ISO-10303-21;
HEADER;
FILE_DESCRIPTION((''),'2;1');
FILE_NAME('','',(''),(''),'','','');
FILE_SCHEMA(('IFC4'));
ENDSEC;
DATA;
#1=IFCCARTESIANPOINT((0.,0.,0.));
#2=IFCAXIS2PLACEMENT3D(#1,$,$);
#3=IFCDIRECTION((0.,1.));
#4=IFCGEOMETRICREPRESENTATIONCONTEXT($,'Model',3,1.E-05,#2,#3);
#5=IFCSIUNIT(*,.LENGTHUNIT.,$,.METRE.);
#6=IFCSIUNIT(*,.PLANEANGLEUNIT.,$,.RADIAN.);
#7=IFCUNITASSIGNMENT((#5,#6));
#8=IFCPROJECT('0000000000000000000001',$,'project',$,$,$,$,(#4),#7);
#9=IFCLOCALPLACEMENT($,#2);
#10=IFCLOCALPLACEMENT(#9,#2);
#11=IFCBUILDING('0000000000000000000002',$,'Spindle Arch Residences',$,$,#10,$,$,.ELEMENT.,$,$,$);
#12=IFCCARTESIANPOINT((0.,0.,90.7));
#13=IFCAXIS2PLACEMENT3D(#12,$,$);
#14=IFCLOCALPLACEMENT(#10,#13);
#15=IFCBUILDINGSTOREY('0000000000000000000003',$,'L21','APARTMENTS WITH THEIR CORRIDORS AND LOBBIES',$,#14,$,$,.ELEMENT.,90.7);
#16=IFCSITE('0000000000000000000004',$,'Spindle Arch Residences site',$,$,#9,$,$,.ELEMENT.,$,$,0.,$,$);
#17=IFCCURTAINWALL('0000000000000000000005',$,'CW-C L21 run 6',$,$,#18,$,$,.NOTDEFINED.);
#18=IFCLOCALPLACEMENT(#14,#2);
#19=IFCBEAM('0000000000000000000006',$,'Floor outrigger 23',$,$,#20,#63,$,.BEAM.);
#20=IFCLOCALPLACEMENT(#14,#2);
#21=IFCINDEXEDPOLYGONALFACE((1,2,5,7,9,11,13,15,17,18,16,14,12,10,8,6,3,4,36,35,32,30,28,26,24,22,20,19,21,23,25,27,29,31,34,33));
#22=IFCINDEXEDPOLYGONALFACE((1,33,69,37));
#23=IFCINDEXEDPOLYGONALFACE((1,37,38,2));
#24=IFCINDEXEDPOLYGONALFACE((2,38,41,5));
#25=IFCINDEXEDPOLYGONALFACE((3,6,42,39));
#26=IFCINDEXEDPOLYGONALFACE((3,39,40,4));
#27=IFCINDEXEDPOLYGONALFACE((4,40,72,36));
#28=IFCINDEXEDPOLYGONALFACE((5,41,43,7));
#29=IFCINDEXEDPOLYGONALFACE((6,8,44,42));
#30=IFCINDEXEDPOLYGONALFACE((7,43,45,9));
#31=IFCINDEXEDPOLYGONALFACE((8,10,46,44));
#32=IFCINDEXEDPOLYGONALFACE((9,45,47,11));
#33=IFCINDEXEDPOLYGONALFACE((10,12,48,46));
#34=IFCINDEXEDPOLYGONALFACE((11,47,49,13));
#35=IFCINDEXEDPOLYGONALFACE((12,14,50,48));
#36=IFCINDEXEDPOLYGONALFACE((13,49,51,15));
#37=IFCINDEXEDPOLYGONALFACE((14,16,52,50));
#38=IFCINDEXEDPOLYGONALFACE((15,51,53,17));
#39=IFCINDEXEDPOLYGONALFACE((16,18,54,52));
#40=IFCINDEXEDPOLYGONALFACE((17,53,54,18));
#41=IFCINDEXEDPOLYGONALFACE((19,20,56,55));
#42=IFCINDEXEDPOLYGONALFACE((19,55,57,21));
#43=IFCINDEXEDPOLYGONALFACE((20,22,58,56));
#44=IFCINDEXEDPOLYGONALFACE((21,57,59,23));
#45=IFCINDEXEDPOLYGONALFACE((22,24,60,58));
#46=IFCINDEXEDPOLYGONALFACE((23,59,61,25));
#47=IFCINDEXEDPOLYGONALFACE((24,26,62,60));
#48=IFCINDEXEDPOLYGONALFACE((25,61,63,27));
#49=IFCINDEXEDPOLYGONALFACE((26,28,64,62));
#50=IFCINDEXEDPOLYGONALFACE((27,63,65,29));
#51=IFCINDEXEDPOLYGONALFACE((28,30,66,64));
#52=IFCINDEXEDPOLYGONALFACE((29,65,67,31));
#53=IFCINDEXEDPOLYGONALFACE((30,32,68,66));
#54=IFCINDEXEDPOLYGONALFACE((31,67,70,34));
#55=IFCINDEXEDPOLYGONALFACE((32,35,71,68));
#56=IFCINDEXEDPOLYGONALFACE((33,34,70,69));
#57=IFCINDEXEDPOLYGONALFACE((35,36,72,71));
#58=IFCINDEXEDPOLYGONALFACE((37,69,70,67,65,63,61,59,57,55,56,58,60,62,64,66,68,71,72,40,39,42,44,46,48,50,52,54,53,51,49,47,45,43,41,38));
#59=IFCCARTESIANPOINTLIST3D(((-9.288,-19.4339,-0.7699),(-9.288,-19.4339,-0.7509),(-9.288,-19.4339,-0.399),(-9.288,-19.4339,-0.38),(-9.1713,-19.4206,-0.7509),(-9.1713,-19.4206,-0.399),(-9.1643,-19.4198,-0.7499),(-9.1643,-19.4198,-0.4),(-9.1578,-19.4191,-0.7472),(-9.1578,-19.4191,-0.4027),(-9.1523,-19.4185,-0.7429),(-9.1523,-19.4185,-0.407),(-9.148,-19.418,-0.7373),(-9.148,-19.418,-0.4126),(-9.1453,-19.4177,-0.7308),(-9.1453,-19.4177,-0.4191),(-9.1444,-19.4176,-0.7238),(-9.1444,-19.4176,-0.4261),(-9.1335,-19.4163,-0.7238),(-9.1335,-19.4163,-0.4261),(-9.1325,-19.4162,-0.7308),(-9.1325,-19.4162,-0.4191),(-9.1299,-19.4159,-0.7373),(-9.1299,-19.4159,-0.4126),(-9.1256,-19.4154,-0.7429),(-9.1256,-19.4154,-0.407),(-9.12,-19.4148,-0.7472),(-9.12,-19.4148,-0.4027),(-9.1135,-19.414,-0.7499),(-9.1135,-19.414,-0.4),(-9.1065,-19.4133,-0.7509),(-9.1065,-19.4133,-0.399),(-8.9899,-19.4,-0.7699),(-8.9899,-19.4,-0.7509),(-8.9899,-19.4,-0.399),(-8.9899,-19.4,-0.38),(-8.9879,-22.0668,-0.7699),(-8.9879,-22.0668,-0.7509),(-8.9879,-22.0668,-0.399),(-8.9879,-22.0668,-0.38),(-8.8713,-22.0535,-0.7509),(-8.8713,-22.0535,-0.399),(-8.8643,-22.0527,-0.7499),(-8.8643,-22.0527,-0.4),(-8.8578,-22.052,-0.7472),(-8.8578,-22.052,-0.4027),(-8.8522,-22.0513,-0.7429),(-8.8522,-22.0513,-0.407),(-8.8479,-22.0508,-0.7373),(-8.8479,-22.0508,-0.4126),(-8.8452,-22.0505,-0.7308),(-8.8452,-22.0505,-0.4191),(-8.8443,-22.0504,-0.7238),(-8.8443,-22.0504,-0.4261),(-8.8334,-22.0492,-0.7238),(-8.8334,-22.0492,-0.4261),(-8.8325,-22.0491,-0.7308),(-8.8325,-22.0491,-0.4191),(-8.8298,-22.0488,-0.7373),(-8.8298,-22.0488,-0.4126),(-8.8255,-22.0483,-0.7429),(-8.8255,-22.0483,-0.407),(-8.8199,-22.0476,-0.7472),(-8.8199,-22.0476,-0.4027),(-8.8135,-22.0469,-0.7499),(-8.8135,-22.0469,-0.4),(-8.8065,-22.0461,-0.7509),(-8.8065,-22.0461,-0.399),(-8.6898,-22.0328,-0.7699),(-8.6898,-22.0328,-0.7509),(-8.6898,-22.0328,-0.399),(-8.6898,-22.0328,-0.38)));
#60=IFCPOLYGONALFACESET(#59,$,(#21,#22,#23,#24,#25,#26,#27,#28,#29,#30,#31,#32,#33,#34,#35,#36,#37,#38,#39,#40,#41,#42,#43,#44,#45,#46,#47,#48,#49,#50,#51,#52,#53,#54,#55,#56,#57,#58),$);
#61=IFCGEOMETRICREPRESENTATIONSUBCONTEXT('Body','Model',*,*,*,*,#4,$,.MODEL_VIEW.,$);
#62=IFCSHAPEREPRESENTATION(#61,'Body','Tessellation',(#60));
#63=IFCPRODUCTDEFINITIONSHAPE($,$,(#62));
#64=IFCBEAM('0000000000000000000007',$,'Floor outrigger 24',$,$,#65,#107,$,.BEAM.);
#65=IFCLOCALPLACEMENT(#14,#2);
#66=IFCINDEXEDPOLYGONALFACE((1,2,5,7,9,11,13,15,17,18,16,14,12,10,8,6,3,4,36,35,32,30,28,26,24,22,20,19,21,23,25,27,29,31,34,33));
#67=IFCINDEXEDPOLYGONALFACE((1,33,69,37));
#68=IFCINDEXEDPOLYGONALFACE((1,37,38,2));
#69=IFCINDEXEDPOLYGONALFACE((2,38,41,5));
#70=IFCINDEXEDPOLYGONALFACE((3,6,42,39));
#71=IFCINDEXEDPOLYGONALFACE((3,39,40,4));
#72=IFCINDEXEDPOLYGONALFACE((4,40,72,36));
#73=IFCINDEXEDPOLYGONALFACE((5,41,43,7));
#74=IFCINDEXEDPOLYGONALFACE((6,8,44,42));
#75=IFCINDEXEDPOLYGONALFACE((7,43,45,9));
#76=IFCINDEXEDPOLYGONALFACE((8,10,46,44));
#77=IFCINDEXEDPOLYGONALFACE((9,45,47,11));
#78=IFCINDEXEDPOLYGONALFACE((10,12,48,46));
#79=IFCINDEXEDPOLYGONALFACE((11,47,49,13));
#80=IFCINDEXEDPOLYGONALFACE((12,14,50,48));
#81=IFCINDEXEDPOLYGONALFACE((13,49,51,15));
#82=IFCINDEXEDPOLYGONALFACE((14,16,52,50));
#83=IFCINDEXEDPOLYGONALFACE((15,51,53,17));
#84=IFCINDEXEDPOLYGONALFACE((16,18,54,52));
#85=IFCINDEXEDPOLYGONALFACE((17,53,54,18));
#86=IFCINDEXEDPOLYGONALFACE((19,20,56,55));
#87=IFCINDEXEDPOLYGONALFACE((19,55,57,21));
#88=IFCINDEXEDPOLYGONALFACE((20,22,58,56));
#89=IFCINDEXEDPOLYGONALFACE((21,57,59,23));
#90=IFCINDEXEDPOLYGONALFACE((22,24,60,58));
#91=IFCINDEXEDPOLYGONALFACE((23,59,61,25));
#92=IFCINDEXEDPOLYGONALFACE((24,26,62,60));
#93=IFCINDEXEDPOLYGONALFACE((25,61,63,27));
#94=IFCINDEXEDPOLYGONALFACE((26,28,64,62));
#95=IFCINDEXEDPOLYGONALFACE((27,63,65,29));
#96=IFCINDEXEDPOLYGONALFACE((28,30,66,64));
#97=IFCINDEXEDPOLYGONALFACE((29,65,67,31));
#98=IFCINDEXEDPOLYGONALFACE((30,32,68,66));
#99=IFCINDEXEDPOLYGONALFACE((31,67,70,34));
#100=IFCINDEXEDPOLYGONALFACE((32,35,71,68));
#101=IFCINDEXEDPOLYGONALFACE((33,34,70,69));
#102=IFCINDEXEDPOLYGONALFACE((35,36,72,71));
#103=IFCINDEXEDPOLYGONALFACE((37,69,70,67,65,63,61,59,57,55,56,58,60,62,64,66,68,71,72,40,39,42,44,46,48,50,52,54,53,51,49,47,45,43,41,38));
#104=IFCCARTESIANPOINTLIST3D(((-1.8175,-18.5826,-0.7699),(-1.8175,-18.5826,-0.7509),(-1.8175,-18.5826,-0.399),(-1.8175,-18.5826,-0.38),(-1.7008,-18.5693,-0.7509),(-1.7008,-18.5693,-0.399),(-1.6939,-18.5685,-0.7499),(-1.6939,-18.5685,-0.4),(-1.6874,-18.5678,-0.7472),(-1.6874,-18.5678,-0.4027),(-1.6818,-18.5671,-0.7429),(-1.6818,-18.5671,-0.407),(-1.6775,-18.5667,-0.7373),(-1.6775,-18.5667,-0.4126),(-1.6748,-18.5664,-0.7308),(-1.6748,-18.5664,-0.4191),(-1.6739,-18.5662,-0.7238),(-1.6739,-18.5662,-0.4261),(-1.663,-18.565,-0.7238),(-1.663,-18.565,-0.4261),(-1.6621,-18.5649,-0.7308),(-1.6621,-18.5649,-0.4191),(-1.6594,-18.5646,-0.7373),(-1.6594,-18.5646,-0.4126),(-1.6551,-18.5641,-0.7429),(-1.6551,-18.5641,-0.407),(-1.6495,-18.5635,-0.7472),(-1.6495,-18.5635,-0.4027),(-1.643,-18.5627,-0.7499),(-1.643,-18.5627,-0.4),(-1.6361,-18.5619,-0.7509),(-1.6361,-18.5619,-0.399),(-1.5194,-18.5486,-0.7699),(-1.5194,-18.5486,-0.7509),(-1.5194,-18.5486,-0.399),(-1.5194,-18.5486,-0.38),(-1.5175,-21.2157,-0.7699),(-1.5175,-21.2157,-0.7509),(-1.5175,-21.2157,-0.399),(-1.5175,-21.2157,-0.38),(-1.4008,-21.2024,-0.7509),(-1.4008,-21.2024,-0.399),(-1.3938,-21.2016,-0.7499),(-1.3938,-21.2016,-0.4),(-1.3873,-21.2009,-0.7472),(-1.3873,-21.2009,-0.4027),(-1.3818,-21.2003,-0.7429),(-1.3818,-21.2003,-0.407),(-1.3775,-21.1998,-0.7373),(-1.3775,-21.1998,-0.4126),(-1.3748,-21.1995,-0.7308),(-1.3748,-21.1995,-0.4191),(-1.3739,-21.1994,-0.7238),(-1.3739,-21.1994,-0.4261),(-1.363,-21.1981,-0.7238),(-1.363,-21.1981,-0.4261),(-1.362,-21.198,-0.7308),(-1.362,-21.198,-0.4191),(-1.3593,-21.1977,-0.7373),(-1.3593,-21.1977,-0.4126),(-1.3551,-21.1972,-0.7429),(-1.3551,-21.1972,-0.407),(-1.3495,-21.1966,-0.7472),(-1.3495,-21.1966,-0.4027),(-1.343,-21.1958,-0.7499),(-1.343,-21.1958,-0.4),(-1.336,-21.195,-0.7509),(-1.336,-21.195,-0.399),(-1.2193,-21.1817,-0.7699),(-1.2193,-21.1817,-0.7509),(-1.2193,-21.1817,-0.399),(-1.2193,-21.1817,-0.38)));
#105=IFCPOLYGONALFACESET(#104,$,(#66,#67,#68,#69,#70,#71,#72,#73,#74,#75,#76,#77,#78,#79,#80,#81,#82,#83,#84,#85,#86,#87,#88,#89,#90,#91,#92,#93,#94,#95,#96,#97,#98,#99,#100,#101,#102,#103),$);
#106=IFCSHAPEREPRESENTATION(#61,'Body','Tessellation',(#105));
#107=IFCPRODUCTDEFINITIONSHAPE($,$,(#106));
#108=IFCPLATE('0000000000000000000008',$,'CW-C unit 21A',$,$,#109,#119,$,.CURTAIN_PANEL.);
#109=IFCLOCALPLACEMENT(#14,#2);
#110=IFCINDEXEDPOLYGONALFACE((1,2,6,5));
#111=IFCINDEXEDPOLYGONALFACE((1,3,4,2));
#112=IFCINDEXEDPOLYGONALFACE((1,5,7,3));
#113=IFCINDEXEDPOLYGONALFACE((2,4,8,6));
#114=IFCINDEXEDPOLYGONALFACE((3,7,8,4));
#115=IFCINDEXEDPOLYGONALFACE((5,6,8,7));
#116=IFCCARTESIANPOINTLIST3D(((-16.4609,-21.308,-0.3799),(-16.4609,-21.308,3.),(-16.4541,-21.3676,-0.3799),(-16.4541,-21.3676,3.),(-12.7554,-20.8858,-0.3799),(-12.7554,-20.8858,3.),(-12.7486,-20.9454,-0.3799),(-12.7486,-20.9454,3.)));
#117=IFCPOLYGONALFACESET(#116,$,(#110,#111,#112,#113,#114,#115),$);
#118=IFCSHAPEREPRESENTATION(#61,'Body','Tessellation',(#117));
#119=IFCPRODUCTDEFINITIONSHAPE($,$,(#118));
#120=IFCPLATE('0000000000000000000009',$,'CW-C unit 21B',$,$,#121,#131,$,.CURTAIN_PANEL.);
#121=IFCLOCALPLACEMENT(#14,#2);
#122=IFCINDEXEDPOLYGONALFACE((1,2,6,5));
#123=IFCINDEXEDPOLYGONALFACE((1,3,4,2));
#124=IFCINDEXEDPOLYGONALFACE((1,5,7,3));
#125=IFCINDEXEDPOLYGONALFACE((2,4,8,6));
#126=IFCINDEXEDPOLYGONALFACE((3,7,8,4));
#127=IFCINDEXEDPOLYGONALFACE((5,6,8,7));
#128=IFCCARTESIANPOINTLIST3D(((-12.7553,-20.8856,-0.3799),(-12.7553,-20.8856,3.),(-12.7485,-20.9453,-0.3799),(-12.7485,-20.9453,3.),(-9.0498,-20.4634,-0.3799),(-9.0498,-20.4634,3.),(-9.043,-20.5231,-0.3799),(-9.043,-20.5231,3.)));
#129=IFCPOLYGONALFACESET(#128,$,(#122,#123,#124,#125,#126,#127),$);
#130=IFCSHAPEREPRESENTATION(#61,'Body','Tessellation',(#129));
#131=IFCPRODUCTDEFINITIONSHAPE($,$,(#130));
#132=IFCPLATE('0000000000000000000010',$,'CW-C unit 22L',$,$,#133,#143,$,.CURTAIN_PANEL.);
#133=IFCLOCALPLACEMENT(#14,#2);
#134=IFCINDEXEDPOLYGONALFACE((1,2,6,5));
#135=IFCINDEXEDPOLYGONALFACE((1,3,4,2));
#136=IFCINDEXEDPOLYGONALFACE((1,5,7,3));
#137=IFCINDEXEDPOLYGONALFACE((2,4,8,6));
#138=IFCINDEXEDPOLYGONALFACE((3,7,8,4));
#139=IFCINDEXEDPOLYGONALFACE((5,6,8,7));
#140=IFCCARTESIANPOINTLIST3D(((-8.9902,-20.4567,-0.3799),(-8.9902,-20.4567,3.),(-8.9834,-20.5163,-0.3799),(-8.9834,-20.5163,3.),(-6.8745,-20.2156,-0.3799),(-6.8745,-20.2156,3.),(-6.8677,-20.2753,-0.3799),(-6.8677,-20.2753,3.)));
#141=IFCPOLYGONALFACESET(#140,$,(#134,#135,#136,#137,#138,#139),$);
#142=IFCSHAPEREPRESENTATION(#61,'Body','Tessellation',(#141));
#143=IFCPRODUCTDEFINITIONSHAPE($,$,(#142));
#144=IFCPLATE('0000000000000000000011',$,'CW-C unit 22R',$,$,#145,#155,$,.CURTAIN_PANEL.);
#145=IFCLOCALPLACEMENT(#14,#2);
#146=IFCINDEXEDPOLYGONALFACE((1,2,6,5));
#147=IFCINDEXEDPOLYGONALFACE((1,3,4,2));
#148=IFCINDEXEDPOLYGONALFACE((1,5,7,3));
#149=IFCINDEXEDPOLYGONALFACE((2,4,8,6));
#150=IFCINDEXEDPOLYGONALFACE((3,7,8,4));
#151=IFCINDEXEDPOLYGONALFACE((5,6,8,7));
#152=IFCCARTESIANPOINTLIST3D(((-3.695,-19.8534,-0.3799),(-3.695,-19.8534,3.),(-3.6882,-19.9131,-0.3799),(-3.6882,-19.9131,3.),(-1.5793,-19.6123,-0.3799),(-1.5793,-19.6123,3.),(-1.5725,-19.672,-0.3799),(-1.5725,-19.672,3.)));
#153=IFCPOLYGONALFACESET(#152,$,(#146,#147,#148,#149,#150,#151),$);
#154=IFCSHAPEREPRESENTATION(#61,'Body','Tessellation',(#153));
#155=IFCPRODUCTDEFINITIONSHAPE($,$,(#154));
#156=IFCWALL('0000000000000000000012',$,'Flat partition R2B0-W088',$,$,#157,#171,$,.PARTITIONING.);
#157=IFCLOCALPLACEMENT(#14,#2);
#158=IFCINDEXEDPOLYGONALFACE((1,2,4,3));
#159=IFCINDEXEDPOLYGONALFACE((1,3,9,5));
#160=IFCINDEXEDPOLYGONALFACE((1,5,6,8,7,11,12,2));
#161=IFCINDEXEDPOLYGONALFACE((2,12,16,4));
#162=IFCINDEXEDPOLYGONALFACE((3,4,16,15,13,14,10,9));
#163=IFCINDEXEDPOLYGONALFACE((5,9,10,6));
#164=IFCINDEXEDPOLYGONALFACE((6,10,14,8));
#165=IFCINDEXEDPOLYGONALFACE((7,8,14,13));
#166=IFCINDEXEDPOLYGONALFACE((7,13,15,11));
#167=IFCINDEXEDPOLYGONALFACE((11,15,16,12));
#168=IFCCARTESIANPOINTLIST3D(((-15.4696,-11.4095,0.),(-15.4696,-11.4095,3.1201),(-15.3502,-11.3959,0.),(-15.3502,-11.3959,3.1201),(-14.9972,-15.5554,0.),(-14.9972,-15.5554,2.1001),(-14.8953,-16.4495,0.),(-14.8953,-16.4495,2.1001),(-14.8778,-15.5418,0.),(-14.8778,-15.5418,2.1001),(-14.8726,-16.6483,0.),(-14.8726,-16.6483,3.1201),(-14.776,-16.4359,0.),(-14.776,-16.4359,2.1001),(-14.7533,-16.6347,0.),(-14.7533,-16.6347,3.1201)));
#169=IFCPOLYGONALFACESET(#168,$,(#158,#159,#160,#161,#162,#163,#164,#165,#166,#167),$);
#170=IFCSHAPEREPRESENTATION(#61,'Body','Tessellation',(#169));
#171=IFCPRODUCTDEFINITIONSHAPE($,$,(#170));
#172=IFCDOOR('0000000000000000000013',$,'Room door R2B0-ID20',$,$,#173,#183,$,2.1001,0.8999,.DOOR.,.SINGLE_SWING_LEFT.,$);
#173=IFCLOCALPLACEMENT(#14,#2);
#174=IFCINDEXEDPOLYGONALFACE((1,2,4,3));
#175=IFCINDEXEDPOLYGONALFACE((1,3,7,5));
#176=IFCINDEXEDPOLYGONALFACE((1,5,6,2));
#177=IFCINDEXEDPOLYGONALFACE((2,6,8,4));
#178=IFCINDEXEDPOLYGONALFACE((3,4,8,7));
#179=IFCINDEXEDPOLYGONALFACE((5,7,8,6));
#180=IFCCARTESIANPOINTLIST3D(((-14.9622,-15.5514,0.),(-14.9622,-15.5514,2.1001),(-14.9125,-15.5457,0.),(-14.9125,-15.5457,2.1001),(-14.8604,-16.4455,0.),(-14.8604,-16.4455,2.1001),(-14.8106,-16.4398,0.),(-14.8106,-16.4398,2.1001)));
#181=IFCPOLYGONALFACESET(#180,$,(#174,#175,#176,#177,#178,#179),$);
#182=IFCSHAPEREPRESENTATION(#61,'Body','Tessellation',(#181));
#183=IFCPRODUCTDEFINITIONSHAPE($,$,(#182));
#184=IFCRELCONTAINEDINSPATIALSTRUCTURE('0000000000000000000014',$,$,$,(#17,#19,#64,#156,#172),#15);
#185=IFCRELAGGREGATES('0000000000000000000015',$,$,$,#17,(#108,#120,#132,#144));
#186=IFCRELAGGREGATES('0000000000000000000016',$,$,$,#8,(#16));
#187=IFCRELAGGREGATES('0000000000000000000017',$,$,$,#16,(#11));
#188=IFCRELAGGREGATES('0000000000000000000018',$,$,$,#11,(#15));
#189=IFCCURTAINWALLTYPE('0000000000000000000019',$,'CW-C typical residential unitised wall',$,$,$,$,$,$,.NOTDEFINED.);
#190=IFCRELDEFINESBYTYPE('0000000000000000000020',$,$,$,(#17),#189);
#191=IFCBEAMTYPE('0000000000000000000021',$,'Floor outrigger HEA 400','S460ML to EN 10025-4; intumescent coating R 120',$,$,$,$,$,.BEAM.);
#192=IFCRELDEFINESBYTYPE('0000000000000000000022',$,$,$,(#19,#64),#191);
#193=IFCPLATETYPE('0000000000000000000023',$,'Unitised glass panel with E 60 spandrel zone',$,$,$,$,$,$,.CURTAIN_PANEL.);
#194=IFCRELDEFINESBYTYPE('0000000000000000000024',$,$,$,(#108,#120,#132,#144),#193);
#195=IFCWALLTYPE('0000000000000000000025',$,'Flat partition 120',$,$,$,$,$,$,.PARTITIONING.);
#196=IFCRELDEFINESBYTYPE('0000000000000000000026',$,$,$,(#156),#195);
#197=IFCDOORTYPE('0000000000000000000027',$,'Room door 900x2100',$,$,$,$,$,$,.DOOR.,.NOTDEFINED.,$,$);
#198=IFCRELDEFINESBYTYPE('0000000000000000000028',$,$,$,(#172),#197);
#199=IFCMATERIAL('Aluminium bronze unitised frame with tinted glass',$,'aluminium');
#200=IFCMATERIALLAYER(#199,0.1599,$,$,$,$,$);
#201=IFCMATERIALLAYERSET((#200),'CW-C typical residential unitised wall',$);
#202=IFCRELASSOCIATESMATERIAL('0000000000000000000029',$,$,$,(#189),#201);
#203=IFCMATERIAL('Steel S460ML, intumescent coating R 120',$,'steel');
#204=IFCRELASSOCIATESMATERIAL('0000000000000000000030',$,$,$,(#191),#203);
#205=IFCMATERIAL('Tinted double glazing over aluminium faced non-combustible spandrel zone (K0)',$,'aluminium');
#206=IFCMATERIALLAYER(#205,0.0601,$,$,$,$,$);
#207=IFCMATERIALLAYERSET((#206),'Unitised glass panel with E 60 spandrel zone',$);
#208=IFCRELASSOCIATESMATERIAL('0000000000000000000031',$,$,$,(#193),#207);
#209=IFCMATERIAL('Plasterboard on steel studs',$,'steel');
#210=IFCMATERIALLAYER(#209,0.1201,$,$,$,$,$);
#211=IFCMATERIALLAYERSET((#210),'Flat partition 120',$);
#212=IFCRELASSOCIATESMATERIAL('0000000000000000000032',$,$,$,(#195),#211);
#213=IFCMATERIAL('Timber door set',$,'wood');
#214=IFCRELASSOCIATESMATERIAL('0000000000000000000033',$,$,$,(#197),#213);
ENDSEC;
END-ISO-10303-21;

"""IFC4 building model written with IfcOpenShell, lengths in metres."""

from ifc_helpers import new_model, si_unit, direction, frame, frame_2d, origin, origin_2d, place, context, subcontext, project, spatial, rectangle, i_section, extrude, material, layer, layer_set, material_profile, profile_set, type_object, element, fill, aggregate, save


model = new_model("IFC4")

# Units and contexts
model_context = context("Model", 3, precision=1e-05, world=origin(), true_north=direction((0.0, 1.0)))
body_context = subcontext(model_context, "Body", "Model", "MODEL_VIEW")
ifc_project = project(units=[si_unit("LENGTHUNIT", "METRE"), si_unit("PLANEANGLEUNIT", "RADIAN")], contexts=[model_context])

# Site, building, storey
site_placement = place(None, origin())
site = spatial("IfcSite", under=ifc_project, at=site_placement, Name="Spindle Arch Residences site", CompositionType="ELEMENT", RefElevation=0.0)
building_placement = place(site_placement, origin())
building = spatial("IfcBuilding", under=site, at=building_placement, Name="Spindle Arch Residences", CompositionType="ELEMENT")
storey_placement = place(building_placement, frame((0.0, 0.0, 90.7)))
storey = spatial("IfcBuildingStorey", under=building, at=storey_placement, Name="L21", Description="APARTMENTS WITH THEIR CORRIDORS AND LOBBIES", CompositionType="ELEMENT", Elevation=90.7)

# Curtain wall
ifc_material_1 = material(Name="Aluminium bronze unitised frame with tinted glass", Category="aluminium")
ifc_layer_1 = layer(ifc_material_1, 0.1599)
ifc_layer_set_1 = layer_set([ifc_layer_1], Name="CW-C typical residential unitised wall")
curtain_wall_type = type_object("IfcCurtainWallType", Name="CW-C typical residential unitised wall", PredefinedType="NOTDEFINED", material=ifc_layer_set_1)
curtain_wall_placement = place(storey_placement, origin())
curtain_wall = element("IfcCurtainWall", 1, at=curtain_wall_placement, inside=storey, type_object=curtain_wall_type, Name="CW-C L21 run 6", PredefinedType="NOTDEFINED")

# Beams
ifc_material_2 = material(Name="Steel S460ML, intumescent coating R 120", Category="steel")
ifc_material_profile_1 = material_profile(ifc_material_2, i_section(OverallWidth=0.3, OverallDepth=0.3899, WebThickness=0.011, FlangeThickness=0.019, FilletRadius=0.0271, at=origin_2d()), Name="HEA 400")
ifc_profile_set_1 = profile_set([ifc_material_profile_1], Name="Steel S460ML, intumescent coating R 120")
beam_type_1 = type_object("IfcBeamType", Name="Floor outrigger HEA 400", Description="S460ML to EN 10025-4; intumescent coating R 120", PredefinedType="BEAM", material=ifc_profile_set_1)
beam_1_placement = place(storey_placement, frame((-8.8389, -22.0498, -0.575), z_axis=(-0.113232, 0.993569, 0.0), x_axis=(-0.993569, -0.113232, 0.0)))
element("IfcBeam", 2, at=beam_1_placement, inside=storey, type_object=beam_type_1, Name="Floor outrigger 23", PredefinedType="BEAM", context=body_context, shape_type="SweptSolid", body=[
    extrude(i_section(OverallWidth=0.3, OverallDepth=0.3899, WebThickness=0.011, FlangeThickness=0.019, FilletRadius=0.0271, at=origin_2d()), origin(), (0.0, 0.0, 1.0), 2.6499),
])
beam_2_placement = place(storey_placement, frame((-1.3684, -21.1987, -0.575), z_axis=(-0.113222, 0.99357, 0.0), x_axis=(-0.99357, -0.113222, 0.0)))
element("IfcBeam", 3, at=beam_2_placement, inside=storey, type_object=beam_type_1, Name="Floor outrigger 24", PredefinedType="BEAM", context=body_context, shape_type="SweptSolid", body=[
    extrude(i_section(OverallWidth=0.3, OverallDepth=0.3899, WebThickness=0.011, FlangeThickness=0.019, FilletRadius=0.0271, at=origin_2d()), origin(), (0.0, 0.0, 1.0), 2.6501),
])

# Plates
ifc_material_3 = material(Name="Tinted double glazing over aluminium faced non-combustible spandrel zone (K0)", Category="aluminium")
ifc_layer_2 = layer(ifc_material_3, 0.0601)
ifc_layer_set_2 = layer_set([ifc_layer_2], Name="Unitised glass panel with E 60 spandrel zone")
plate_type = type_object("IfcPlateType", Name="Unitised glass panel with E 60 spandrel zone", PredefinedType="CURTAIN_PANEL", material=ifc_layer_set_2)
plate_1_placement = place(storey_placement, frame((-14.6047, -21.1267, -0.3799), z_axis=(0.0, 0.0, 1.0), x_axis=(0.993572, 0.113203, 0.0)))
plate_1 = element("IfcPlate", 4, at=plate_1_placement, type_object=plate_type, Name="CW-C unit 21A", PredefinedType="CURTAIN_PANEL", context=body_context, shape_type="SweptSolid", body=[
    extrude(rectangle(XDim=3.7295, YDim=0.0601, at=origin_2d()), origin(), (0.0, 0.0, 1.0), 3.3799),
])
plate_2_placement = place(storey_placement, frame((-10.8992, -20.7043, -0.3799), z_axis=(0.0, 0.0, 1.0), x_axis=(0.993572, 0.113203, 0.0)))
plate_2 = element("IfcPlate", 5, at=plate_2_placement, type_object=plate_type, Name="CW-C unit 21B", PredefinedType="CURTAIN_PANEL", context=body_context, shape_type="SweptSolid", body=[
    extrude(rectangle(XDim=3.7295, YDim=0.0601, at=origin_2d()), origin(), (0.0, 0.0, 1.0), 3.3799),
])
plate_3_placement = place(storey_placement, frame((-7.929, -20.366, -0.3799), z_axis=(0.0, 0.0, 1.0), x_axis=(0.993572, 0.113203, 0.0)))
plate_3 = element("IfcPlate", 6, at=plate_3_placement, type_object=plate_type, Name="CW-C unit 22L", PredefinedType="CURTAIN_PANEL", context=body_context, shape_type="SweptSolid", body=[
    extrude(rectangle(XDim=2.1294, YDim=0.0601, at=origin_2d()), origin(), (0.0, 0.0, 1.0), 3.3799),
])
plate_4_placement = place(storey_placement, frame((-2.6338, -19.7627, -0.3799), z_axis=(0.0, 0.0, 1.0), x_axis=(0.993572, 0.113203, 0.0)))
plate_4 = element("IfcPlate", 7, at=plate_4_placement, type_object=plate_type, Name="CW-C unit 22R", PredefinedType="CURTAIN_PANEL", context=body_context, shape_type="SweptSolid", body=[
    extrude(rectangle(XDim=2.1294, YDim=0.0601, at=origin_2d()), origin(), (0.0, 0.0, 1.0), 3.3799),
])
aggregate(curtain_wall, [plate_1, plate_2, plate_3, plate_4])

# Wall, opening, door
ifc_material_4 = material(Name="Plasterboard on steel studs", Category="steel")
ifc_layer_3 = layer(ifc_material_4, 0.1201)
ifc_layer_set_3 = layer_set([ifc_layer_3], Name="Flat partition 120")
wall_type_1 = type_object("IfcWallType", Name="Flat partition 120", PredefinedType="PARTITIONING", material=ifc_layer_set_3)
wall_1_placement = place(storey_placement, frame((-14.813, -16.6414, 0.0), z_axis=(0.0, 0.0, 1.0), x_axis=(-0.113211, 0.993571, 0.0)))
wall_1 = element("IfcWall", 8, at=wall_1_placement, inside=storey, type_object=wall_type_1, Name="Flat partition R2B0-W088", PredefinedType="PARTITIONING", context=body_context, shape_type="SweptSolid", body=[
    extrude(rectangle(XDim=5.2727, YDim=0.1201, at=frame_2d((2.6362, 0.0))), origin(), (0.0, 0.0, 1.0), 3.1201),
])
opening_1_placement = place(wall_1_placement, frame((0.2, 0.0, 0.0)))
opening_1 = element("IfcOpeningElement", 9, at=opening_1_placement, cuts=wall_1, PredefinedType="OPENING", context=body_context, shape_type="SweptSolid", body=[
    extrude(rectangle(XDim=0.8999, YDim=2.1001, at=frame_2d((0.45, 1.05))), frame((0.0, 0.0701, 0.0), z_axis=(0.0, -1.0, 0.0), x_axis=(1.0, 0.0, 0.0)), (0.0, 0.0, 1.0), 0.1401),
])
ifc_material_5 = material(Name="Timber door set", Category="wood")
door_type_1 = type_object("IfcDoorType", Name="Room door 900x2100", OperationType="NOTDEFINED", PredefinedType="DOOR", material=ifc_material_5)
door_1_placement = place(opening_1_placement, origin())
door_1 = element("IfcDoor", 10, at=door_1_placement, inside=storey, type_object=door_type_1, Name="Room door R2B0-ID20", OperationType="SINGLE_SWING_LEFT", OverallHeight=2.1001, OverallWidth=0.8999, PredefinedType="DOOR", context=body_context, shape_type="SweptSolid", body=[
    extrude(rectangle(XDim=0.8999, YDim=2.1001, at=frame_2d((0.45, 1.05))), frame((0.0, 0.0249, 0.0), z_axis=(0.0, -1.0, 0.0), x_axis=(1.0, 0.0, 0.0)), (0.0, 0.0, 1.0), 0.05),
])
fill(opening_1, door_1)

save(model, "model.ifc")
